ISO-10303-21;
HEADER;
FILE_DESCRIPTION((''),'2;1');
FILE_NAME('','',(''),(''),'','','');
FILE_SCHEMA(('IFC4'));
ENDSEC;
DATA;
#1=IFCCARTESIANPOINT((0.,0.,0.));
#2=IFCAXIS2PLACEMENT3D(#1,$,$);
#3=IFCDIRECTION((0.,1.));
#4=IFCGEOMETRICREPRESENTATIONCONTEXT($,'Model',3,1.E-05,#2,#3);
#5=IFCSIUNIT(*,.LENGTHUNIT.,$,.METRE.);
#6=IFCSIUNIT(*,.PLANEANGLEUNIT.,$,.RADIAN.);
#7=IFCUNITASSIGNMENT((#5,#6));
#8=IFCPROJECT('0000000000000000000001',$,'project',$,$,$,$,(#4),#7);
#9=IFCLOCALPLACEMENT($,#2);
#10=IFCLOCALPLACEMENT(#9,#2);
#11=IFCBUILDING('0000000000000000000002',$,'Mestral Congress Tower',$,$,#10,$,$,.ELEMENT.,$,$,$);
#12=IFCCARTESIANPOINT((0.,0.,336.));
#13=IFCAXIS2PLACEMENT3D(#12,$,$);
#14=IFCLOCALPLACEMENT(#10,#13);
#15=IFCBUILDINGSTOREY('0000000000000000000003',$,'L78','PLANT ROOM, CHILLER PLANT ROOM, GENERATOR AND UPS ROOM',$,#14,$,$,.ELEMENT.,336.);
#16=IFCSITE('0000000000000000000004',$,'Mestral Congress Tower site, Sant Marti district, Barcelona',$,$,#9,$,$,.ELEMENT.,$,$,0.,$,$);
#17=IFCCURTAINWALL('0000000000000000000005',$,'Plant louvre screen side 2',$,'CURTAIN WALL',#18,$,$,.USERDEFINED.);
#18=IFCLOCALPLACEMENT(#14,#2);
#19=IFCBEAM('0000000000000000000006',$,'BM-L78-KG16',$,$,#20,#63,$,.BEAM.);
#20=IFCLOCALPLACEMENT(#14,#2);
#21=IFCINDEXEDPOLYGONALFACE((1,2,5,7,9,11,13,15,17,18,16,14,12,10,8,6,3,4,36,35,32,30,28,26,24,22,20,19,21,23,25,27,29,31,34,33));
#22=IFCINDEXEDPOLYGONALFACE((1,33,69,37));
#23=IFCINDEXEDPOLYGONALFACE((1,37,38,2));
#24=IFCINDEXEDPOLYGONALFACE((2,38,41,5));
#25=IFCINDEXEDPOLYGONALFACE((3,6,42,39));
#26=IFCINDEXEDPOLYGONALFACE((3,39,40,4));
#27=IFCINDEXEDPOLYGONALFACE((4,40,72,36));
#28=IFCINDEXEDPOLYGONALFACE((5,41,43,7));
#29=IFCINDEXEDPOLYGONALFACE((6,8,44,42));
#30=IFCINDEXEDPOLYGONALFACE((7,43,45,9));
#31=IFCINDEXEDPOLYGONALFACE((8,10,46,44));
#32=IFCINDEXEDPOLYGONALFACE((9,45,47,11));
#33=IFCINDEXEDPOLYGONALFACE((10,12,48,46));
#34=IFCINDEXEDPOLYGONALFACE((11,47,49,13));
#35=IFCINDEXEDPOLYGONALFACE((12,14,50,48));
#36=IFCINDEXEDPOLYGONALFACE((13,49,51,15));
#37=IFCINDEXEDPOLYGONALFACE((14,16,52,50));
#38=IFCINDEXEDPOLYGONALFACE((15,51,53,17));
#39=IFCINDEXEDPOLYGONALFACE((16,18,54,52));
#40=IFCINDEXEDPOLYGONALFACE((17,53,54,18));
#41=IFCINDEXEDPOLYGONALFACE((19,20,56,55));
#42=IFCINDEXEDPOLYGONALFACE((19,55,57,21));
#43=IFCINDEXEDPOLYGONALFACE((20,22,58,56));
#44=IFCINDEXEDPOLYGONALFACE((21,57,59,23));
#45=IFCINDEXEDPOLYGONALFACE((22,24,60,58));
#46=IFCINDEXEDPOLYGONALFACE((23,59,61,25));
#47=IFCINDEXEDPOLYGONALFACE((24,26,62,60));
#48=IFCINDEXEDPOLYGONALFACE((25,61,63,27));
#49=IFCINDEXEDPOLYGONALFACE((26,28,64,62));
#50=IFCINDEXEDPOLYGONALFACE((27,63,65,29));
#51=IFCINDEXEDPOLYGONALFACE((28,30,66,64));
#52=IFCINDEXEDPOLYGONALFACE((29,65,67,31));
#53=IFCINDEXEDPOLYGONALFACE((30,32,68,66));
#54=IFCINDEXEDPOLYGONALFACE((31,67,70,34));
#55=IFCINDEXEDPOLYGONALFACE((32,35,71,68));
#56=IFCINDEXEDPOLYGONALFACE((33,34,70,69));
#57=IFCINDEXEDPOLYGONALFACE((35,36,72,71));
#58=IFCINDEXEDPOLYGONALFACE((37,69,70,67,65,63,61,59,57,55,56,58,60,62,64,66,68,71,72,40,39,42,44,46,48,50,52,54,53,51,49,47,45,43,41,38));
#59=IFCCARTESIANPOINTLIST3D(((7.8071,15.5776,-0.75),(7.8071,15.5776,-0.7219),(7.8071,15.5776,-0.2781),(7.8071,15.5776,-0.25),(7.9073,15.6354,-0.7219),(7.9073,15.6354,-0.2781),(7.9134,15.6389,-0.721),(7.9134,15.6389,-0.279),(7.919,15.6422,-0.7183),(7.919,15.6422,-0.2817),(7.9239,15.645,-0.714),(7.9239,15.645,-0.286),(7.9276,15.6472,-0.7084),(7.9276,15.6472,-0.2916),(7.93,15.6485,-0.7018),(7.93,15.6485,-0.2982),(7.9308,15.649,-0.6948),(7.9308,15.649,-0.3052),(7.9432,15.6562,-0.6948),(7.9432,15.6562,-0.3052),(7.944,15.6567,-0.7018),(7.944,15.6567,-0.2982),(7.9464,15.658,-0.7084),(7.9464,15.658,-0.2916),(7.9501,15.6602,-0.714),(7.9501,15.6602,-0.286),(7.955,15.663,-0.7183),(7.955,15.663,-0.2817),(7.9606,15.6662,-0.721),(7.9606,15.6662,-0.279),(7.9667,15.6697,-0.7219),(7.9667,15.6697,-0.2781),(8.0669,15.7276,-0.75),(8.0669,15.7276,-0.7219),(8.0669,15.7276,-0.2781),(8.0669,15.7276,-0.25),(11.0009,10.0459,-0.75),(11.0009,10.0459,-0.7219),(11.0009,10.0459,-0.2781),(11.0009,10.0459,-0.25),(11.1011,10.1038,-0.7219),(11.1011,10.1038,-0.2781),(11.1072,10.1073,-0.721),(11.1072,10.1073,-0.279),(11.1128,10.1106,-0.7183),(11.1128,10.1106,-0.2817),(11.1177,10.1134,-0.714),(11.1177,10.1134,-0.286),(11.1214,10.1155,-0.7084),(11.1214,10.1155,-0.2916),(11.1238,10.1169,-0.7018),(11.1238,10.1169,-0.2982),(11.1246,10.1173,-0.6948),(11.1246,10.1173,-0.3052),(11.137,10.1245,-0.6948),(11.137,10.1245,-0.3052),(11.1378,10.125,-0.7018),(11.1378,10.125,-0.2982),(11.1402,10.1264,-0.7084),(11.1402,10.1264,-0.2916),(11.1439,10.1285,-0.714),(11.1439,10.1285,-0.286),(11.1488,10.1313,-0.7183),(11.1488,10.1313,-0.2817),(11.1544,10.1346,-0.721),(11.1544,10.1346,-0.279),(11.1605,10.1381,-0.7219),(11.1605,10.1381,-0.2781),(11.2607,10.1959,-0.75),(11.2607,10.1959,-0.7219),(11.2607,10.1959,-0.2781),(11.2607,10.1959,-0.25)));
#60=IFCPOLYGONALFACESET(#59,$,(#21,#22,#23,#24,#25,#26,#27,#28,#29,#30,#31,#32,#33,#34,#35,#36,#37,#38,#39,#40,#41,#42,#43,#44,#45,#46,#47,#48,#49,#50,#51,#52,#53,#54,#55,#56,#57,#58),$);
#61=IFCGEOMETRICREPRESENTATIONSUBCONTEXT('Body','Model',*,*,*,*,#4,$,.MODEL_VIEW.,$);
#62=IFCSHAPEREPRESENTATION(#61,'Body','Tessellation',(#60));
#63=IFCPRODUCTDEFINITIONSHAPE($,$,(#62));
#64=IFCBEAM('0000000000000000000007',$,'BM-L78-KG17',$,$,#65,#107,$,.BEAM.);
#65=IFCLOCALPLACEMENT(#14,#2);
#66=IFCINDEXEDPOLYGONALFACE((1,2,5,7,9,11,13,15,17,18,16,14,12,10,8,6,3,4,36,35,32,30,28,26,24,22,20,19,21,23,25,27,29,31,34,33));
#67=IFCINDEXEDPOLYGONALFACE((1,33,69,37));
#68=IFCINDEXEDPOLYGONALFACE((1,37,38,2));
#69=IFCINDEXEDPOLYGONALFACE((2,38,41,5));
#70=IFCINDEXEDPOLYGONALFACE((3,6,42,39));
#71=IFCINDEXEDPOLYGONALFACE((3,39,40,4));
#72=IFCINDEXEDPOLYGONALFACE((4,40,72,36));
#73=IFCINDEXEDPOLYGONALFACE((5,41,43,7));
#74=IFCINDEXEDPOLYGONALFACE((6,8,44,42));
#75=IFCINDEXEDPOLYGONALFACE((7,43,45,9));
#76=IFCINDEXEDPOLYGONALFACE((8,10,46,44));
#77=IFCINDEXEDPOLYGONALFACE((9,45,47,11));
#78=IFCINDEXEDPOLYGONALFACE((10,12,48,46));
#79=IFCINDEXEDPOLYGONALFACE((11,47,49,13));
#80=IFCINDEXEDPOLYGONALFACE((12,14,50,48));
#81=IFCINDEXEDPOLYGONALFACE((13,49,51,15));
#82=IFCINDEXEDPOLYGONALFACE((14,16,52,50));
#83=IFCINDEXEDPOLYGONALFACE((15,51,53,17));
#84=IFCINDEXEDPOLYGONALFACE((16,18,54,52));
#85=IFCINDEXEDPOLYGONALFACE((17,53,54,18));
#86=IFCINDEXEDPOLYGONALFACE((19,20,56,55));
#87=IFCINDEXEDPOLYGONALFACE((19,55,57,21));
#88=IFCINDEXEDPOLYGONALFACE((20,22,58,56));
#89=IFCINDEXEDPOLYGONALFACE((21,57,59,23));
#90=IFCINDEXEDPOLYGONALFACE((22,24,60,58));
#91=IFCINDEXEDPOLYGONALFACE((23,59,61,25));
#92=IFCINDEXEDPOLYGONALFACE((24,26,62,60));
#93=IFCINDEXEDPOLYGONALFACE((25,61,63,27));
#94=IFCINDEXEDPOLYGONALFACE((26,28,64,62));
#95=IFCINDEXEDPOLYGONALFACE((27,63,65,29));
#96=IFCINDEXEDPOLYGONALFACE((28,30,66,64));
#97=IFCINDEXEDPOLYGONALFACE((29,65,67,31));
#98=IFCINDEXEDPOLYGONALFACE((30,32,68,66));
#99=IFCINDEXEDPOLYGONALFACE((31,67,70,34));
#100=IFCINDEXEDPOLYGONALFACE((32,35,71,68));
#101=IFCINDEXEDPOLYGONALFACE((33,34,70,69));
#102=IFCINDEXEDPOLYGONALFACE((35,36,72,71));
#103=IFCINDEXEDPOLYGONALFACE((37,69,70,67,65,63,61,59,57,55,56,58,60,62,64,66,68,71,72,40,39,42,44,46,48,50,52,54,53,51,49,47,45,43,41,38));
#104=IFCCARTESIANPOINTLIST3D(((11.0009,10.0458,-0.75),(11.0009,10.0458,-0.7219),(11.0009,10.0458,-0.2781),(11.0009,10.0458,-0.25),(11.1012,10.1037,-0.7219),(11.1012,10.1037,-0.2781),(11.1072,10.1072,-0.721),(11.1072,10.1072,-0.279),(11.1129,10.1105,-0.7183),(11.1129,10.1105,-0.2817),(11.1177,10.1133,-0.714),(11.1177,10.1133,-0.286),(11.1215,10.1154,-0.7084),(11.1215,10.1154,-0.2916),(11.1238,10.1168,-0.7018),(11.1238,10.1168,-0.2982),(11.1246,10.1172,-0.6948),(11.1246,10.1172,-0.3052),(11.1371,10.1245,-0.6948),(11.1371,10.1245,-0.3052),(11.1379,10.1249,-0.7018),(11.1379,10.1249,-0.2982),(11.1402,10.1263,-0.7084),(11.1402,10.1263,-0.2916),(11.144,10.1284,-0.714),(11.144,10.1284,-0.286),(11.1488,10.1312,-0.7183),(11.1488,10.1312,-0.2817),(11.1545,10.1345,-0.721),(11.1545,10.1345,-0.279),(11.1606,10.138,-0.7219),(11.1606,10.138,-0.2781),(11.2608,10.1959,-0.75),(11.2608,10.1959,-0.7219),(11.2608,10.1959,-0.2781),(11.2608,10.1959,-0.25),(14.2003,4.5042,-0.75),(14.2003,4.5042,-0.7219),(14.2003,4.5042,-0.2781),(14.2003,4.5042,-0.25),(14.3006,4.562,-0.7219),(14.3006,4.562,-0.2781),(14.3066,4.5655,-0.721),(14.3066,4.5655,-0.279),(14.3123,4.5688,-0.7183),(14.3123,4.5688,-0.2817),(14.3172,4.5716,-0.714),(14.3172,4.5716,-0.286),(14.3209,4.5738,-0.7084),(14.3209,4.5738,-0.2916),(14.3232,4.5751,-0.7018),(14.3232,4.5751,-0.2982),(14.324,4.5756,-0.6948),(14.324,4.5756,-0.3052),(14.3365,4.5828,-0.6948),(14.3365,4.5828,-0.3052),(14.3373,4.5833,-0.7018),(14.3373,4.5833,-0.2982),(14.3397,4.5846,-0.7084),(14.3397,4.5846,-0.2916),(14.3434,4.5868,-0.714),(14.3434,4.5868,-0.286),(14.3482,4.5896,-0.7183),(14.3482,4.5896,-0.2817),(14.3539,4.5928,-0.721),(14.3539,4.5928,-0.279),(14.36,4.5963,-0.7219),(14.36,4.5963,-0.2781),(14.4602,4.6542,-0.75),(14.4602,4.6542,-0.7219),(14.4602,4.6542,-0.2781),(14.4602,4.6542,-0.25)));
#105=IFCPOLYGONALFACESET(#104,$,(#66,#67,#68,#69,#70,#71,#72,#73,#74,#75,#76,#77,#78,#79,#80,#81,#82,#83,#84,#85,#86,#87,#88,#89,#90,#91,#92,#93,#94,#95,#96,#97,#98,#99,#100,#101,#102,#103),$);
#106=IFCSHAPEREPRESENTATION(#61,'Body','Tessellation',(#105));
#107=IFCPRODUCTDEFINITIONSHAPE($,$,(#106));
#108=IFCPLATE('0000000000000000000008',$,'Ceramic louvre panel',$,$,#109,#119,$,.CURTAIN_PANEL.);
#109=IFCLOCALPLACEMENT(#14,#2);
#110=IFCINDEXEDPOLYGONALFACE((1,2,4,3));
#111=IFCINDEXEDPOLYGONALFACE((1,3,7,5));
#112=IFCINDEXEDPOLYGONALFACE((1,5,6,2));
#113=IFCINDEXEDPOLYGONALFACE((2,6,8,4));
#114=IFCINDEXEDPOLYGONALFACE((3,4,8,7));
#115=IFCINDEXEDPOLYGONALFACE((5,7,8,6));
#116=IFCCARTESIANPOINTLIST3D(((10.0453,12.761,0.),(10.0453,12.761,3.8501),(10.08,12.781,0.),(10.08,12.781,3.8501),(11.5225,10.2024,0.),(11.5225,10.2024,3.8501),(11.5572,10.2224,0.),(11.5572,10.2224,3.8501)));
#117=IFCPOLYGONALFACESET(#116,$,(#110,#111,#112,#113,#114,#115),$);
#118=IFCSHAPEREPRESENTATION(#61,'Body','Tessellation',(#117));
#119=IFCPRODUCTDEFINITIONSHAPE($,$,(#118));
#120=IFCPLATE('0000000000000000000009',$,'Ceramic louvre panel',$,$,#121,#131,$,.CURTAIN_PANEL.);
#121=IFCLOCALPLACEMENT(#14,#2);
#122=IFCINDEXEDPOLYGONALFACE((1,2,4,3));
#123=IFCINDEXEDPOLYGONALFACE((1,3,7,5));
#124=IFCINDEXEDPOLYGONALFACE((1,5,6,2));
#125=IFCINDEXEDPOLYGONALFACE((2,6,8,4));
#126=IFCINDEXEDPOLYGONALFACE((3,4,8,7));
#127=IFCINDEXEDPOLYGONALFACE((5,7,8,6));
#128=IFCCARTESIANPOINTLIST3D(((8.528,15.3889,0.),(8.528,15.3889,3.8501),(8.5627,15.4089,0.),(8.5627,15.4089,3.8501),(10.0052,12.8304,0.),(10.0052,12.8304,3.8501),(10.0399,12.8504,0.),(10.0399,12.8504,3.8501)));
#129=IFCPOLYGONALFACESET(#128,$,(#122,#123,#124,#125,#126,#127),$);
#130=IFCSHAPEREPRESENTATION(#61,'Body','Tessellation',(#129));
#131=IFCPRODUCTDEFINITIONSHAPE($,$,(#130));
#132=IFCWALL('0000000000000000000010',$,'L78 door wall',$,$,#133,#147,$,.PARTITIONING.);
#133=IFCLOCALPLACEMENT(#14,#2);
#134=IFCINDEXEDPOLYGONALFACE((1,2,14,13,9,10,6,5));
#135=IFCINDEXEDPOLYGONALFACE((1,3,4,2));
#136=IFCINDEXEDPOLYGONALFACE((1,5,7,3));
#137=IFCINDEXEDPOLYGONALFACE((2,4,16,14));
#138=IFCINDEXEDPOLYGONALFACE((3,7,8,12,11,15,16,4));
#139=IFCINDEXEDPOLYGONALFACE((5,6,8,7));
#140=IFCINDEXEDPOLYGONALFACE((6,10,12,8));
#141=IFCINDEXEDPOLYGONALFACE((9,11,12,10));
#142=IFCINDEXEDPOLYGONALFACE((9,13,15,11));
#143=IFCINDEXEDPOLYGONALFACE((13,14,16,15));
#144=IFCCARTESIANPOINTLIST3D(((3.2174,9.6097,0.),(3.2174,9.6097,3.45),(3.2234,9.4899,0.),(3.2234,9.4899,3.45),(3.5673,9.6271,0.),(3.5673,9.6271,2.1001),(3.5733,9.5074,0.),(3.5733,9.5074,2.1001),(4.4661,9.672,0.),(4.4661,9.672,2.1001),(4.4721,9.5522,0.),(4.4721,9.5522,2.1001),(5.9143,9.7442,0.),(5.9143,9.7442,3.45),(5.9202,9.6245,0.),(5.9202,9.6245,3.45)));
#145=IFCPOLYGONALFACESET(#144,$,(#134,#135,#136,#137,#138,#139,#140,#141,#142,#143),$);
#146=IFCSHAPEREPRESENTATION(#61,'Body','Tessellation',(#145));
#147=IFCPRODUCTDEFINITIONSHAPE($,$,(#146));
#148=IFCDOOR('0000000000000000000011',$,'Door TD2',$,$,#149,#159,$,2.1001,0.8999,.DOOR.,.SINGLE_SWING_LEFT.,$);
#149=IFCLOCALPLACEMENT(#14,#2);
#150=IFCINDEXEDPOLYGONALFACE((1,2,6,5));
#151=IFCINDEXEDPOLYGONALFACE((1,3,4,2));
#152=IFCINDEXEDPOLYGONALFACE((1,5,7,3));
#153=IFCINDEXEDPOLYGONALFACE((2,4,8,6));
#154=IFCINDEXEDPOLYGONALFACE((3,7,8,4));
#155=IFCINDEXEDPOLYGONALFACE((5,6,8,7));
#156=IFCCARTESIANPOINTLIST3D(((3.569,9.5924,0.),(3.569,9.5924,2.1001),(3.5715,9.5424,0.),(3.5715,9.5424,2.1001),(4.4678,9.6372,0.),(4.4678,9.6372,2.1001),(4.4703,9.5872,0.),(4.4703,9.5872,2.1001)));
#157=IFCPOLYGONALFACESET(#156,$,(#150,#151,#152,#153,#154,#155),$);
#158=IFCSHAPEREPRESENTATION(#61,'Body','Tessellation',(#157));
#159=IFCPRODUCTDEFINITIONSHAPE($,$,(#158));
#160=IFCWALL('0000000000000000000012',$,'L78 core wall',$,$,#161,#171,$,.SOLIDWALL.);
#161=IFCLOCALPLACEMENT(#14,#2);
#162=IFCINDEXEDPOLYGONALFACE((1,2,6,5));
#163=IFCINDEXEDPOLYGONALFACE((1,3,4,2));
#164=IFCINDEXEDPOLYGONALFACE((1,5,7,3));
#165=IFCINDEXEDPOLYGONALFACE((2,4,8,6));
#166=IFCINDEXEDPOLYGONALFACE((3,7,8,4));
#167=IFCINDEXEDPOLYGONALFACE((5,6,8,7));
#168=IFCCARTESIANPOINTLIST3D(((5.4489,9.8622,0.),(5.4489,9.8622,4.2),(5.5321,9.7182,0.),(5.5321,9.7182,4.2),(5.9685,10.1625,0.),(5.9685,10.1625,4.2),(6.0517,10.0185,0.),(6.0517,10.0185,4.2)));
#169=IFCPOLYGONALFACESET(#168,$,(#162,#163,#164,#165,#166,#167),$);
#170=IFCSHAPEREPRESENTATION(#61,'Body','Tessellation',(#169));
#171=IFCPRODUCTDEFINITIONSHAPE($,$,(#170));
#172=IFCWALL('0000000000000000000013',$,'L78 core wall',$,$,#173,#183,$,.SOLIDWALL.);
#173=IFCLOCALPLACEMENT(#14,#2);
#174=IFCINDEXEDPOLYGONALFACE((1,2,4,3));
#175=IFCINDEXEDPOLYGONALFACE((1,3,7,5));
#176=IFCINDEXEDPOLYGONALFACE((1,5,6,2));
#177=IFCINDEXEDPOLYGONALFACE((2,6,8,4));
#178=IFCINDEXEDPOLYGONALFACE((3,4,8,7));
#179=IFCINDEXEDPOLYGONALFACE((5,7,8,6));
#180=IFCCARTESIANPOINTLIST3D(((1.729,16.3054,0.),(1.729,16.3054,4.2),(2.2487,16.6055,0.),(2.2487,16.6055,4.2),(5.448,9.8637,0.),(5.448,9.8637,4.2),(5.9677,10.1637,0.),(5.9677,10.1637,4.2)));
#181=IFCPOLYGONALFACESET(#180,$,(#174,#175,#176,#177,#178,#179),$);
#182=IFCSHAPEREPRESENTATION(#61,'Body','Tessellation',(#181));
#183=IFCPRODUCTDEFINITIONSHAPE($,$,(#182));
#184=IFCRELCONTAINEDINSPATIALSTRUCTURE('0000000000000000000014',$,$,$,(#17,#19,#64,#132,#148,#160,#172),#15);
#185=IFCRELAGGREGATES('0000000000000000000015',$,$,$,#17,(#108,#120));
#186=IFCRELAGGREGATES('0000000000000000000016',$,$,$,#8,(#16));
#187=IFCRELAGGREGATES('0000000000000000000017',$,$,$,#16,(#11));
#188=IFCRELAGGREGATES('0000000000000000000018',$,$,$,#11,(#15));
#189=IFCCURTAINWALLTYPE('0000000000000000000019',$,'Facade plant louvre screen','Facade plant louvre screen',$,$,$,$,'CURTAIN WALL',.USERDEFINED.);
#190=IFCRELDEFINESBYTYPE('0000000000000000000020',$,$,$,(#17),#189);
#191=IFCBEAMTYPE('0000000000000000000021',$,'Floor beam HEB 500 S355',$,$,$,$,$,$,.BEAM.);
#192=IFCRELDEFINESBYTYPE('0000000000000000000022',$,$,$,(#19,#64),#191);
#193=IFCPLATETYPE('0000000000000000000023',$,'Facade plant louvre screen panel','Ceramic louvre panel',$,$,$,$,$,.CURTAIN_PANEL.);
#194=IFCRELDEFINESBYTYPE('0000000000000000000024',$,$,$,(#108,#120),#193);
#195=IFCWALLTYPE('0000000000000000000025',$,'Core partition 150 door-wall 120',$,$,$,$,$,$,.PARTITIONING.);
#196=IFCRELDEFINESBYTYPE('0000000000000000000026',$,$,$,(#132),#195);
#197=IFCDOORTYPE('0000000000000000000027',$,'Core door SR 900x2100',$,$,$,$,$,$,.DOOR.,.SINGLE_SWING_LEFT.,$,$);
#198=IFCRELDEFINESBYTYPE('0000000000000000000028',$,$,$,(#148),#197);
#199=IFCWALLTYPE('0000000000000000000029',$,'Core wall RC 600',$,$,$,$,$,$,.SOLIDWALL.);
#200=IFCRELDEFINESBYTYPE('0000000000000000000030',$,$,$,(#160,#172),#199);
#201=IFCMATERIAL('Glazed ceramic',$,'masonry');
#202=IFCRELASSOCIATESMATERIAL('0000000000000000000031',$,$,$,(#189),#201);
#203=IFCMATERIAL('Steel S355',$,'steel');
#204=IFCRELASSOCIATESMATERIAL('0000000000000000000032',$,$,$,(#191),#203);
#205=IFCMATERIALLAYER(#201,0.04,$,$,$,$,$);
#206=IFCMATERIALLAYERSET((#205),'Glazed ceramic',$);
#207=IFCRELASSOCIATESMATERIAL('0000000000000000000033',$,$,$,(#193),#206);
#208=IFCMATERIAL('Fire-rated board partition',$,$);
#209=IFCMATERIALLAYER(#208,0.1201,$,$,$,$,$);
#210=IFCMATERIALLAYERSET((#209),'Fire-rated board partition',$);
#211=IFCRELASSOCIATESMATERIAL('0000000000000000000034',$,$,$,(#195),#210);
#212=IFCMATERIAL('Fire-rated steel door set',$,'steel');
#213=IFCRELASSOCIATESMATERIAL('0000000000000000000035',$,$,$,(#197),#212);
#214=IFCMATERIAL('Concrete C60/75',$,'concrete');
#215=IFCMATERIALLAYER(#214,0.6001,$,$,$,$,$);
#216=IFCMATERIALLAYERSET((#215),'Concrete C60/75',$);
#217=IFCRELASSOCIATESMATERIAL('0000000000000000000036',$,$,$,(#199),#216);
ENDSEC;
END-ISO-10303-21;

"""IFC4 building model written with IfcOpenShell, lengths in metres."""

from ifc_helpers import new_model, si_unit, direction, frame, frame_2d, origin, origin_2d, place, context, subcontext, project, spatial, rectangle, i_section, extrude, material, layer, layer_set, material_profile, profile_set, type_object, element, fill, aggregate, save


model = new_model("IFC4")

# Units and contexts
model_context = context("Model", 3, precision=1e-05, world=origin(), true_north=direction((0.0, 1.0)))
body_context = subcontext(model_context, "Body", "Model", "MODEL_VIEW")
ifc_project = project(units=[si_unit("LENGTHUNIT", "METRE"), si_unit("PLANEANGLEUNIT", "RADIAN")], contexts=[model_context])

# Site, building, storey
site_placement = place(None, origin())
site = spatial("IfcSite", under=ifc_project, at=site_placement, Name="Mestral Congress Tower site, Sant Marti district, Barcelona", CompositionType="ELEMENT", RefElevation=0.0)
building_placement = place(site_placement, origin())
building = spatial("IfcBuilding", under=site, at=building_placement, Name="Mestral Congress Tower", CompositionType="ELEMENT")
storey_placement = place(building_placement, frame((0.0, 0.0, 336.0)))
storey = spatial("IfcBuildingStorey", under=building, at=storey_placement, Name="L78", Description="PLANT ROOM, CHILLER PLANT ROOM, GENERATOR AND UPS ROOM", CompositionType="ELEMENT", Elevation=336.0)

# Shared definitions
ifc_material_1 = material(Name="Steel S355", Category="steel")

# Curtain wall
ifc_material_2 = material(Name="Glazed ceramic", Category="masonry")
curtain_wall_type = type_object("IfcCurtainWallType", Name="Facade plant louvre screen", Description="Facade plant louvre screen", ElementType="CURTAIN WALL", PredefinedType="USERDEFINED", material=ifc_material_2)
placement = place(storey_placement, origin())
curtain_wall = element("IfcCurtainWall", 1, at=placement, inside=storey, type_object=curtain_wall_type, Name="Plant louvre screen side 2", ObjectType="CURTAIN WALL", PredefinedType="USERDEFINED")

# Beams
ifc_material_profile_1 = material_profile(ifc_material_1, i_section(OverallWidth=0.3, OverallDepth=0.5, WebThickness=0.0144, FlangeThickness=0.0281, FilletRadius=0.0271, at=origin_2d()), Name="HEB 500")
ifc_profile_set_1 = profile_set([ifc_material_profile_1], Name="Steel S355")
beam_type_1 = type_object("IfcBeamType", Name="Floor beam HEB 500 S355", PredefinedType="BEAM", material=ifc_profile_set_1)
beam_1_placement = place(storey_placement, frame((7.937, 15.6526, -0.5), z_axis=(0.500011, -0.866019, 0.0), x_axis=(0.866019, 0.500011, 0.0)))
element("IfcBeam", 2, at=beam_1_placement, inside=storey, type_object=beam_type_1, Name="BM-L78-KG16", PredefinedType="BEAM", context=body_context, shape_type="SweptSolid", body=[
    extrude(i_section(OverallWidth=0.3, OverallDepth=0.5, WebThickness=0.0144, FlangeThickness=0.0281, FilletRadius=0.0271, at=origin_2d()), origin(), (0.0, 0.0, 1.0), 6.3875),
])
beam_2_placement = place(storey_placement, frame((11.1309, 10.1208, -0.5), z_axis=(0.499992, -0.86603, 0.0), x_axis=(0.86603, 0.499992, 0.0)))
element("IfcBeam", 3, at=beam_2_placement, inside=storey, type_object=beam_type_1, Name="BM-L78-KG17", PredefinedType="BEAM", context=body_context, shape_type="SweptSolid", body=[
    extrude(i_section(OverallWidth=0.3, OverallDepth=0.5, WebThickness=0.0144, FlangeThickness=0.0281, FilletRadius=0.0271, at=origin_2d()), origin(), (0.0, 0.0, 1.0), 6.3989),
])

# Plates
ifc_layer_1 = layer(ifc_material_2, 0.04)
ifc_layer_set_1 = layer_set([ifc_layer_1], Name="Glazed ceramic")
plate_type = type_object("IfcPlateType", Name="Facade plant louvre screen panel", Description="Ceramic louvre panel", PredefinedType="CURTAIN_PANEL", material=ifc_layer_set_1)
plate_1_placement = place(storey_placement, frame((10.8013, 11.4917, 0.0), z_axis=(0.0, 0.0, 1.0), x_axis=(-0.500002, 0.866025, 0.0)))
plate_1 = element("IfcPlate", 4, at=plate_1_placement, type_object=plate_type, Name="Ceramic louvre panel", PredefinedType="CURTAIN_PANEL", context=body_context, shape_type="SweptSolid", body=[
    extrude(rectangle(XDim=2.9543, YDim=0.04, at=origin_2d()), origin(), (0.0, 0.0, 1.0), 3.8501),
])
plate_2_placement = place(storey_placement, frame((9.2839, 14.1196, 0.0), z_axis=(0.0, 0.0, 1.0), x_axis=(-0.500002, 0.866025, 0.0)))
plate_2 = element("IfcPlate", 5, at=plate_2_placement, type_object=plate_type, Name="Ceramic louvre panel", PredefinedType="CURTAIN_PANEL", context=body_context, shape_type="SweptSolid", body=[
    extrude(rectangle(XDim=2.9543, YDim=0.04, at=origin_2d()), origin(), (0.0, 0.0, 1.0), 3.8501),
])
aggregate(curtain_wall, [plate_1, plate_2])

# Wall, opening, door
ifc_material_3 = material(Name="Fire-rated board partition")
ifc_layer_2 = layer(ifc_material_3, 0.1201)
ifc_layer_set_2 = layer_set([ifc_layer_2], Name="Fire-rated board partition")
wall_type_1 = type_object("IfcWallType", Name="Core partition 150 door-wall 120", PredefinedType="PARTITIONING", material=ifc_layer_set_2)
wall_1_placement = place(storey_placement, frame((5.9172, 9.6843, 0.0), z_axis=(0.0, 0.0, 1.0), x_axis=(-0.998758, -0.04982, 0.0)))
wall_1 = element("IfcWall", 6, at=wall_1_placement, inside=storey, type_object=wall_type_1, Name="L78 door wall", PredefinedType="PARTITIONING", context=body_context, shape_type="SweptSolid", body=[
    extrude(rectangle(XDim=2.7002, YDim=0.1199, at=frame_2d((1.3501, 0.0))), origin(), (0.0, 0.0, 1.0), 3.45),
])
opening_placement = place(wall_1_placement, frame((1.45, 0.0, 0.0)))
opening = element("IfcOpeningElement", 7, at=opening_placement, cuts=wall_1, PredefinedType="OPENING", context=body_context, shape_type="SweptSolid", body=[
    extrude(rectangle(XDim=0.8999, YDim=2.1001, at=frame_2d((0.45, 1.05))), frame((0.0, 0.0698, 0.0), z_axis=(0.0, -1.0, 0.0), x_axis=(1.0, 0.0, 0.0)), (0.0, 0.0, 1.0), 0.1399),
])
ifc_material_4 = material(Name="Fire-rated steel door set", Category="steel")
door_type = type_object("IfcDoorType", Name="Core door SR 900x2100", OperationType="SINGLE_SWING_LEFT", PredefinedType="DOOR", material=ifc_material_4)
door_placement = place(opening_placement, origin())
door = element("IfcDoor", 8, at=door_placement, inside=storey, type_object=door_type, Name="Door TD2", OperationType="SINGLE_SWING_LEFT", OverallHeight=2.1001, OverallWidth=0.8999, PredefinedType="DOOR", context=body_context, shape_type="SweptSolid", body=[
    extrude(rectangle(XDim=0.8999, YDim=2.1001, at=frame_2d((0.45, 1.05))), frame((0.0, 0.0249, 0.0), z_axis=(0.0, -1.0, 0.0), x_axis=(1.0, 0.0, 0.0)), (0.0, 0.0, 1.0), 0.05),
])
fill(opening, door)

# Walls
ifc_material_5 = material(Name="Concrete C60/75", Category="concrete")
ifc_layer_3 = layer(ifc_material_5, 0.6001)
ifc_layer_set_3 = layer_set([ifc_layer_3], Name="Concrete C60/75")
wall_type_2 = type_object("IfcWallType", Name="Core wall RC 600", PredefinedType="SOLIDWALL", material=ifc_layer_set_3)
wall_2_placement = place(storey_placement, frame((5.7087, 10.0122, 0.0), z_axis=(0.0, 0.0, 1.0), x_axis=(0.5004, -0.865794, 0.0)))
element("IfcWall", 9, at=wall_2_placement, inside=storey, type_object=wall_type_2, Name="L78 core wall", PredefinedType="SOLIDWALL", context=body_context, shape_type="SweptSolid", body=[
    extrude(rectangle(XDim=0.1663, YDim=0.6001, at=frame_2d((0.083, 0.0))), origin(), (0.0, 0.0, 1.0), 4.2),
])
wall_3_placement = place(storey_placement, frame((1.9888, 16.4556, 0.0), z_axis=(0.0, 0.0, 1.0), x_axis=(0.49999, -0.866031, 0.0)))
element("IfcWall", 10, at=wall_3_placement, inside=storey, type_object=wall_type_2, Name="L78 core wall", PredefinedType="SOLIDWALL", context=body_context, shape_type="SweptSolid", body=[
    extrude(rectangle(XDim=7.4382, YDim=0.6001, at=frame_2d((3.7192, 0.0))), origin(), (0.0, 0.0, 1.0), 4.2),
])

save(model, "model.ifc")
